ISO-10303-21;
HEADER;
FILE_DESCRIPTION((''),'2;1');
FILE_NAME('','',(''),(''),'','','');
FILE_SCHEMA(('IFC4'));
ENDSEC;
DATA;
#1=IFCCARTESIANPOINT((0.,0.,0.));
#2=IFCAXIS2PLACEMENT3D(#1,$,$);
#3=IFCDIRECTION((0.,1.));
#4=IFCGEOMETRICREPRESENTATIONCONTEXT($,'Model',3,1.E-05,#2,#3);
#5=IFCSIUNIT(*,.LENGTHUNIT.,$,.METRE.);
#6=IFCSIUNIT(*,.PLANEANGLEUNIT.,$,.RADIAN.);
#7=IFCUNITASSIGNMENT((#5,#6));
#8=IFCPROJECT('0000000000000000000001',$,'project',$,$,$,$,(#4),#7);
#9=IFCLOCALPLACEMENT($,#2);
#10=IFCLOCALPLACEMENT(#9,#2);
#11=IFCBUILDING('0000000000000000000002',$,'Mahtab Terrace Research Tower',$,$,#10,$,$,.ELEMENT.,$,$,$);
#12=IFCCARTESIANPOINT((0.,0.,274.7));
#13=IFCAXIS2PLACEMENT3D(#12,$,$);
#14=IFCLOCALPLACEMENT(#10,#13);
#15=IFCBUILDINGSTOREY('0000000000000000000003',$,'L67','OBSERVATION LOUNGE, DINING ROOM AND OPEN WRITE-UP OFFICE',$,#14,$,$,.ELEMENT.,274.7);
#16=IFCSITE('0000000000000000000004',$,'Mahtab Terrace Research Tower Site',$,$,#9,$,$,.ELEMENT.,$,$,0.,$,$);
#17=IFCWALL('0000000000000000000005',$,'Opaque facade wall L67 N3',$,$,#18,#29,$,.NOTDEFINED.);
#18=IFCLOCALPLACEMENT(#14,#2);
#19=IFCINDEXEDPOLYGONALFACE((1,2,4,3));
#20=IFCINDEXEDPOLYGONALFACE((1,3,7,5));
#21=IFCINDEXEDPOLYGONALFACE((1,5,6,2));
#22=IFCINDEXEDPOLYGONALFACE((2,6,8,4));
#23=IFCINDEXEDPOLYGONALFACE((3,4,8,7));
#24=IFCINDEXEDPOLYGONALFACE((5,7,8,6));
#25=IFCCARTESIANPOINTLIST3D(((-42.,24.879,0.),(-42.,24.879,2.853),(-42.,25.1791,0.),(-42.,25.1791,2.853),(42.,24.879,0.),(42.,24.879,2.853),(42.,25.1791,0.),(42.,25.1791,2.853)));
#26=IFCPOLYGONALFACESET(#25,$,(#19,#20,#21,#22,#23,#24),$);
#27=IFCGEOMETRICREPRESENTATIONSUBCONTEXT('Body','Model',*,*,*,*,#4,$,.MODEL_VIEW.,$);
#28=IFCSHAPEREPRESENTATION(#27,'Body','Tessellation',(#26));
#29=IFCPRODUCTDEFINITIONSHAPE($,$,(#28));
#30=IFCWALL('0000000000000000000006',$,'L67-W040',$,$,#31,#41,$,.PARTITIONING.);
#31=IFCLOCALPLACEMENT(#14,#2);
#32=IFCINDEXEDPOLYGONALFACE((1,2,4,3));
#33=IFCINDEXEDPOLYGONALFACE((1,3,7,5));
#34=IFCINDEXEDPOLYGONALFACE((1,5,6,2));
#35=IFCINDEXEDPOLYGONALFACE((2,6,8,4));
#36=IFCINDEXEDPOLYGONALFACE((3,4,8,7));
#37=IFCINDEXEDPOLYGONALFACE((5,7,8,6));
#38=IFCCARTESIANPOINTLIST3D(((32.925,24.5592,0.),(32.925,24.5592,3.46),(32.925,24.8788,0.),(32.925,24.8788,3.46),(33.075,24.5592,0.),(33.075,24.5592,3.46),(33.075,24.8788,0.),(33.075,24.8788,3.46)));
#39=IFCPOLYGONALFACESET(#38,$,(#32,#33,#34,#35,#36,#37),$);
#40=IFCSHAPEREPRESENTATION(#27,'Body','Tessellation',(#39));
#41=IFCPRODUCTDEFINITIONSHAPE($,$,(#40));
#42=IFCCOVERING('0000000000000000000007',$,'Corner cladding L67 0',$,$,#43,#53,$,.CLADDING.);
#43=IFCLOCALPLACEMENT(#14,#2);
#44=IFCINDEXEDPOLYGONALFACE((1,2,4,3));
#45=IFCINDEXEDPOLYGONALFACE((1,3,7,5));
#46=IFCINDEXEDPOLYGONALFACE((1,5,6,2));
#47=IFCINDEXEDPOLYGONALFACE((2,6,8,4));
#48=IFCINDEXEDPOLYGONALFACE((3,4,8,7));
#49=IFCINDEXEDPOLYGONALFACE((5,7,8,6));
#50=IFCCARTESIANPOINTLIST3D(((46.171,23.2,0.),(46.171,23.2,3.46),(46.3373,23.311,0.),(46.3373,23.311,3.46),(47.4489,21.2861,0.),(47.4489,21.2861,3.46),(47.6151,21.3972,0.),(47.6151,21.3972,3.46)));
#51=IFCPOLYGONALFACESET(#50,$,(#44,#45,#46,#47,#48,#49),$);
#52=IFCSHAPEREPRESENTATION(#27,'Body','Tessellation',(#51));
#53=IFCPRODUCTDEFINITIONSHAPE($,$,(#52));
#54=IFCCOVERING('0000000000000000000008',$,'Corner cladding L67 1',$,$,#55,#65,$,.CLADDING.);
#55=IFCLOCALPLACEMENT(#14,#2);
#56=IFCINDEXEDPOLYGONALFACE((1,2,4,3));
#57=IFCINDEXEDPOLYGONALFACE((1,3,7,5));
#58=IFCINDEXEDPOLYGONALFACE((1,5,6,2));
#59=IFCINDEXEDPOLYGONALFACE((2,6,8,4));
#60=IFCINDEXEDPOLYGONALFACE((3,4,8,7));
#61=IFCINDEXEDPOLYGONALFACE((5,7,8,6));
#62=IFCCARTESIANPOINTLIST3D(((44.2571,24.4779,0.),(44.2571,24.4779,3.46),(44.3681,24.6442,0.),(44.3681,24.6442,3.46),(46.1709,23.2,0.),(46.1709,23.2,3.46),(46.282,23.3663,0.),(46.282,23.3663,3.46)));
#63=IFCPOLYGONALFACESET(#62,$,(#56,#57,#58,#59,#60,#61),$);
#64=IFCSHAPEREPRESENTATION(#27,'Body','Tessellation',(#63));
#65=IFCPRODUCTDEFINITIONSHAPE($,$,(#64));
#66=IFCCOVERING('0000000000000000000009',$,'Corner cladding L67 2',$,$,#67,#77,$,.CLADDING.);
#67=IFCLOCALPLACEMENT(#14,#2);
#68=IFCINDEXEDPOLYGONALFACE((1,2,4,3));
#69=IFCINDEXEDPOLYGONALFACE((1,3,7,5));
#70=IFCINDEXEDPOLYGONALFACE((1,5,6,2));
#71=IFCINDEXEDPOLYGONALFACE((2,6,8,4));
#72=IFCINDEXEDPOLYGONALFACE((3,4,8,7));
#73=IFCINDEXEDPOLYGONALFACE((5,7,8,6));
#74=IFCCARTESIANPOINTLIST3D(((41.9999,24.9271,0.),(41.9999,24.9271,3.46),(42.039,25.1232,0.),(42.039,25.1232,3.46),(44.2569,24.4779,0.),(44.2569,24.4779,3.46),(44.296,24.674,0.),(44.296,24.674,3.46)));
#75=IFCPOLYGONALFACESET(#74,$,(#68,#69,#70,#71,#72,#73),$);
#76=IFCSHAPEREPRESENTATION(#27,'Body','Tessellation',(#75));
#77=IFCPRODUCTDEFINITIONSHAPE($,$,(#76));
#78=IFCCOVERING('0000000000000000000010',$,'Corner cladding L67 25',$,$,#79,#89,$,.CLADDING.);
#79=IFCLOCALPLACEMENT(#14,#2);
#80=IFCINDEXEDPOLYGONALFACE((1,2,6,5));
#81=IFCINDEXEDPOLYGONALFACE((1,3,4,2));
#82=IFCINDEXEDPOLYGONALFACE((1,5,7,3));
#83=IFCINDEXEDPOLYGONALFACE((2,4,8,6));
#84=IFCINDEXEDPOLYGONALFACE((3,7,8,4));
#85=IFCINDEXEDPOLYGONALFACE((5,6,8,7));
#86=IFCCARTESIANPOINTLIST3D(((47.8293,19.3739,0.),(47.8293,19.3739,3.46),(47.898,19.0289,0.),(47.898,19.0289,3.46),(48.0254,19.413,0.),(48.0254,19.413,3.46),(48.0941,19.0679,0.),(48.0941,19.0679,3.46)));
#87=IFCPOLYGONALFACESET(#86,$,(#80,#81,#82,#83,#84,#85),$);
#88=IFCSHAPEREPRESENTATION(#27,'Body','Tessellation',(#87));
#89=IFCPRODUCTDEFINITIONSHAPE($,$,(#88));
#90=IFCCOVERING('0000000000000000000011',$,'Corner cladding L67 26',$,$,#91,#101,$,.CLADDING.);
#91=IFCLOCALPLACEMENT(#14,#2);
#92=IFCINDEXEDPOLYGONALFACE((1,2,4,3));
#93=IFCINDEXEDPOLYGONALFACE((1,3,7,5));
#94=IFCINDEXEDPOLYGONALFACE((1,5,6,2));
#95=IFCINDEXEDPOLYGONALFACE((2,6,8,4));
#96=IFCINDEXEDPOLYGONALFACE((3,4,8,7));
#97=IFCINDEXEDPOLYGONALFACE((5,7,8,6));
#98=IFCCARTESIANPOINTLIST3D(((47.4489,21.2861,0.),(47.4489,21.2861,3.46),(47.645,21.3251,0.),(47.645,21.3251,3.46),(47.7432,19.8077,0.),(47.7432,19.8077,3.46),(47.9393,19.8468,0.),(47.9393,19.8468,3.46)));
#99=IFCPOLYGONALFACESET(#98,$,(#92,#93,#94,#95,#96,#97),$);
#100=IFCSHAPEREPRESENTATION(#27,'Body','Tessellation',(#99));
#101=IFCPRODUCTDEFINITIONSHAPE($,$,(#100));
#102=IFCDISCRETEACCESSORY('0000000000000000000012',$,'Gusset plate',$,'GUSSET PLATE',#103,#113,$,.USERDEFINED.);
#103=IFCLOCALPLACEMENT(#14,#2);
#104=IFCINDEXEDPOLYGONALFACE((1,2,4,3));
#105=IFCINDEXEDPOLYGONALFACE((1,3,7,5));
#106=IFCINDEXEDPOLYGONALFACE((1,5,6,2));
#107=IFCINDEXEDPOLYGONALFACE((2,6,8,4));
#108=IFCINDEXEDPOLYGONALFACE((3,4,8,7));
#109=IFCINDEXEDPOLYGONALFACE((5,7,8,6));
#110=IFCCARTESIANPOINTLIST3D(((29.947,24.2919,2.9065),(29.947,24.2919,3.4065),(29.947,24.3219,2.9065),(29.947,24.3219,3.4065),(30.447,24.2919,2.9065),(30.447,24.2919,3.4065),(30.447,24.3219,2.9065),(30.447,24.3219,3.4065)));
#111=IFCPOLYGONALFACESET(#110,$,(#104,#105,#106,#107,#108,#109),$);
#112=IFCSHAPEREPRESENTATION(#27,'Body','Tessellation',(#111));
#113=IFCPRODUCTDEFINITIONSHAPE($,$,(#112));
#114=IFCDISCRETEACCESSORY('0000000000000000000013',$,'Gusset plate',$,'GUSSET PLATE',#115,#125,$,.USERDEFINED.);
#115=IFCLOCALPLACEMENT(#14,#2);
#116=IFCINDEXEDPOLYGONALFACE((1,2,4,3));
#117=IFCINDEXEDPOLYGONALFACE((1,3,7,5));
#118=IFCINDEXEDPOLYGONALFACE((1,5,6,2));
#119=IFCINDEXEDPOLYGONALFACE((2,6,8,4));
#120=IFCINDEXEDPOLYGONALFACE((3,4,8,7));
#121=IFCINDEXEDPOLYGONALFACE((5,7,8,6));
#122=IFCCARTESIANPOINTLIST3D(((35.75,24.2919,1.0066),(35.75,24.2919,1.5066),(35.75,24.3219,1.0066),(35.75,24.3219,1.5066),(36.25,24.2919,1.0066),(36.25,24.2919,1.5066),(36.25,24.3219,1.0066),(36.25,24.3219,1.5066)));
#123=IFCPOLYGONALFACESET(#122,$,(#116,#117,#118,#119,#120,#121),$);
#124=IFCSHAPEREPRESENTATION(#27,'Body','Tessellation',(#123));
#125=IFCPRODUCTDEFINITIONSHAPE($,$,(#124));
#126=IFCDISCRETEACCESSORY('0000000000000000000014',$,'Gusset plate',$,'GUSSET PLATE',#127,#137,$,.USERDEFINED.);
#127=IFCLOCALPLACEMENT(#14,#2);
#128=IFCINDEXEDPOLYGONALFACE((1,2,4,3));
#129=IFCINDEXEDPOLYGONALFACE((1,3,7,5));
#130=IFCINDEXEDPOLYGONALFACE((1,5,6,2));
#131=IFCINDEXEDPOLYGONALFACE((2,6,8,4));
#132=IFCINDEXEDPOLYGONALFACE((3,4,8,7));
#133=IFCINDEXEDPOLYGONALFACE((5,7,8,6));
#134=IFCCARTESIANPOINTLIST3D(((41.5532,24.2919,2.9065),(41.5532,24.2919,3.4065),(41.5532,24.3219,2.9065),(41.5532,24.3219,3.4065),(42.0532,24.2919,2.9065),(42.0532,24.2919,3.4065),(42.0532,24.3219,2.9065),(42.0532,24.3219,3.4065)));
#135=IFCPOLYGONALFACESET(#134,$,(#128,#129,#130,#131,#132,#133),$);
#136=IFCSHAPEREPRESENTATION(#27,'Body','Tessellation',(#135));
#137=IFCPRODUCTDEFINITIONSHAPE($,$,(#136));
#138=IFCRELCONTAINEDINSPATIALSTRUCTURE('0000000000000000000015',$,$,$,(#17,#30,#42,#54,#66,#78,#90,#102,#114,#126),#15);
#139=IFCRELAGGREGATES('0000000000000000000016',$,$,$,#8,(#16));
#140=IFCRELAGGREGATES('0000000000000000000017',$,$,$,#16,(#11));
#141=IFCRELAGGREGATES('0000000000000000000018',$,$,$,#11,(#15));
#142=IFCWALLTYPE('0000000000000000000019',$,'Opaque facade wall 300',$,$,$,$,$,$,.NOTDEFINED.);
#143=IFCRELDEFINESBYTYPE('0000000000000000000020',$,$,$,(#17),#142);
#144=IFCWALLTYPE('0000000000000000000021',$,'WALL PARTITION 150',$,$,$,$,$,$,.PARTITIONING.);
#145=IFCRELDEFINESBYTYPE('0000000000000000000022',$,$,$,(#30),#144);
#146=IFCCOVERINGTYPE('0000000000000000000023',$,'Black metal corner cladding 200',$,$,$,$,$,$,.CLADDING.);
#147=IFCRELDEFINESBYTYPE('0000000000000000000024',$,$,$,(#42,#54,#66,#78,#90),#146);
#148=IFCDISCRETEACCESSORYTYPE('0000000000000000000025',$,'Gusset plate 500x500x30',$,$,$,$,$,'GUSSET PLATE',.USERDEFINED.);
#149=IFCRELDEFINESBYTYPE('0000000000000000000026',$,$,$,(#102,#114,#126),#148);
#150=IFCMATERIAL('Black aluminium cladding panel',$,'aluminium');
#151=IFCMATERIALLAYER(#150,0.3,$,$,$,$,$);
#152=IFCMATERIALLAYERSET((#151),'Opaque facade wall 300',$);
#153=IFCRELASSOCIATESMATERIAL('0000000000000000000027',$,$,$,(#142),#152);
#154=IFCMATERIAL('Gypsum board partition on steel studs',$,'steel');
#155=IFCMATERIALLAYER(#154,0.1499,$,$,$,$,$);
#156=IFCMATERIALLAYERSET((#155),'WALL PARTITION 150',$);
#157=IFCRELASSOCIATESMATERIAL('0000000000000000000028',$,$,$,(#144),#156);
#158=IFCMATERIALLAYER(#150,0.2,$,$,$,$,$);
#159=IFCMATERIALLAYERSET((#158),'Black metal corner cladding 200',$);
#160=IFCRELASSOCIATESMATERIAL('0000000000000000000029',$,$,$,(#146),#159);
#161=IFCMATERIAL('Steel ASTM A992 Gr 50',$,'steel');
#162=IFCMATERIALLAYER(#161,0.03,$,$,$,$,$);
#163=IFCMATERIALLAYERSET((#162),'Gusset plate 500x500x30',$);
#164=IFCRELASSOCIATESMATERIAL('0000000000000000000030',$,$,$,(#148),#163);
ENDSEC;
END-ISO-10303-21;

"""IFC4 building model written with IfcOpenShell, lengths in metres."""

from ifc_helpers import new_model, si_unit, direction, frame, frame_2d, origin, origin_2d, place, context, subcontext, project, spatial, rectangle, extrude, material, layer, layer_set, type_object, element, save


model = new_model("IFC4")

# Units and contexts
model_context = context("Model", 3, precision=1e-05, world=origin(), true_north=direction((0.0, 1.0)))
body_context = subcontext(model_context, "Body", "Model", "MODEL_VIEW")
ifc_project = project(units=[si_unit("LENGTHUNIT", "METRE"), si_unit("PLANEANGLEUNIT", "RADIAN")], contexts=[model_context])

# Site, building, storey
site_placement = place(None, origin())
site = spatial("IfcSite", under=ifc_project, at=site_placement, Name="Mahtab Terrace Research Tower Site", CompositionType="ELEMENT", RefElevation=0.0)
building_placement = place(site_placement, origin())
building = spatial("IfcBuilding", under=site, at=building_placement, Name="Mahtab Terrace Research Tower", CompositionType="ELEMENT")
storey_placement = place(building_placement, frame((0.0, 0.0, 274.7)))
storey = spatial("IfcBuildingStorey", under=building, at=storey_placement, Name="L67", Description="OBSERVATION LOUNGE, DINING ROOM AND OPEN WRITE-UP OFFICE", CompositionType="ELEMENT", Elevation=274.7)

# Shared definitions
ifc_material_1 = material(Name="Steel ASTM A992 Gr 50", Category="steel")

# Walls
ifc_material_2 = material(Name="Black aluminium cladding panel", Category="aluminium")
ifc_layer_1 = layer(ifc_material_2, 0.3)
ifc_layer_set_1 = layer_set([ifc_layer_1], Name="Opaque facade wall 300")
wall_type_1 = type_object("IfcWallType", Name="Opaque facade wall 300", PredefinedType="NOTDEFINED", material=ifc_layer_set_1)
wall_1_placement = place(storey_placement, frame((42.0, 25.0291, 0.0), z_axis=(0.0, 0.0, 1.0), x_axis=(-1.0, 0.0, 0.0)))
element("IfcWall", 1, at=wall_1_placement, inside=storey, type_object=wall_type_1, Name="Opaque facade wall L67 N3", PredefinedType="NOTDEFINED", context=body_context, shape_type="SweptSolid", body=[
    extrude(rectangle(XDim=84.0, YDim=0.3, at=frame_2d((42.0, 0.0))), origin(), (0.0, 0.0, 1.0), 2.853),
])
ifc_material_3 = material(Name="Gypsum board partition on steel studs", Category="steel")
ifc_layer_2 = layer(ifc_material_3, 0.1499)
ifc_layer_set_2 = layer_set([ifc_layer_2], Name="WALL PARTITION 150")
wall_type_2 = type_object("IfcWallType", Name="WALL PARTITION 150", PredefinedType="PARTITIONING", material=ifc_layer_set_2)
wall_2_placement = place(storey_placement, frame((33.0, 24.5593, 0.0), z_axis=(0.0, 0.0, 1.0), x_axis=(0.0, 1.0, 0.0)))
element("IfcWall", 2, at=wall_2_placement, inside=storey, type_object=wall_type_2, Name="L67-W040", PredefinedType="PARTITIONING", context=body_context, shape_type="SweptSolid", body=[
    extrude(rectangle(XDim=0.3196, YDim=0.1499, at=frame_2d((0.1597, 0.0))), origin(), (0.0, 0.0, 1.0), 3.46),
])

# Coverings
ifc_layer_3 = layer(ifc_material_2, 0.2)
ifc_layer_set_3 = layer_set([ifc_layer_3], Name="Black metal corner cladding 200")
covering_type = type_object("IfcCoveringType", Name="Black metal corner cladding 200", PredefinedType="CLADDING", material=ifc_layer_set_3)
for number, where, z_axis, x_axis, name in (
    (3, (46.8931, 22.2986, 0.0), (0.0, 0.0, 1.0), (-0.555291, 0.831656, 0.0), "Corner cladding L67 0"),
    (4, (45.2695, 23.9221, 0.0), (0.0, 0.0, 1.0), (-0.831656, 0.555291, 0.0), "Corner cladding L67 1"),
    (5, (43.1479, 24.8005, 0.0), (0.0, 0.0, 1.0), (-0.980761, 0.195212, 0.0), "Corner cladding L67 2"),
):
    element("IfcCovering", number, at=place(storey_placement, frame(where, z_axis=z_axis, x_axis=x_axis)), inside=storey, type_object=covering_type, Name=name, PredefinedType="CLADDING", context=body_context, shape_type="SweptSolid", body=[
        extrude(rectangle(XDim=2.3013, YDim=0.2, at=origin_2d()), origin(), (0.0, 0.0, 1.0), 3.46),
    ])
covering_1_placement = place(storey_placement, frame((47.9617, 19.2209, 0.0), z_axis=(0.0, 0.0, 1.0), x_axis=(-0.195212, 0.980761, 0.0)))
element("IfcCovering", 6, at=covering_1_placement, inside=storey, type_object=covering_type, Name="Corner cladding L67 25", PredefinedType="CLADDING", context=body_context, shape_type="SweptSolid", body=[
    extrude(rectangle(XDim=0.3518, YDim=0.2, at=origin_2d()), origin(), (0.0, 0.0, 1.0), 3.46),
])
covering_2_placement = place(storey_placement, frame((47.6941, 20.5664, 0.0), z_axis=(0.0, 0.0, 1.0), x_axis=(-0.195212, 0.980761, 0.0)))
element("IfcCovering", 7, at=covering_2_placement, inside=storey, type_object=covering_type, Name="Corner cladding L67 26", PredefinedType="CLADDING", context=body_context, shape_type="SweptSolid", body=[
    extrude(rectangle(XDim=1.5073, YDim=0.2, at=origin_2d()), origin(), (0.0, 0.0, 1.0), 3.46),
])

# Discrete accessories
ifc_layer_4 = layer(ifc_material_1, 0.03)
ifc_layer_set_4 = layer_set([ifc_layer_4], Name="Gusset plate 500x500x30")
discrete_accessory_type = type_object("IfcDiscreteAccessoryType", Name="Gusset plate 500x500x30", ElementType="GUSSET PLATE", PredefinedType="USERDEFINED", material=ifc_layer_set_4)
for number, where, z_axis, x_axis, name in (
    (8, (30.197, 24.3069, 2.9065), (0.0, 0.0, 1.0), (1.0, 0.0, 0.0), "Gusset plate"),
    (9, (36.0, 24.3069, 1.0066), (0.0, 0.0, 1.0), (1.0, 0.0, 0.0), "Gusset plate"),
    (10, (41.8032, 24.3069, 2.9065), (0.0, 0.0, 1.0), (1.0, 0.0, 0.0), "Gusset plate"),
):
    element("IfcDiscreteAccessory", number, at=place(storey_placement, frame(where, z_axis=z_axis, x_axis=x_axis)), inside=storey, type_object=discrete_accessory_type, Name=name, ObjectType="GUSSET PLATE", PredefinedType="USERDEFINED", context=body_context, shape_type="SweptSolid", body=[
        extrude(rectangle(XDim=0.5, YDim=0.03, at=origin_2d()), origin(), (0.0, 0.0, 1.0), 0.5),
    ])

save(model, "model.ifc")
